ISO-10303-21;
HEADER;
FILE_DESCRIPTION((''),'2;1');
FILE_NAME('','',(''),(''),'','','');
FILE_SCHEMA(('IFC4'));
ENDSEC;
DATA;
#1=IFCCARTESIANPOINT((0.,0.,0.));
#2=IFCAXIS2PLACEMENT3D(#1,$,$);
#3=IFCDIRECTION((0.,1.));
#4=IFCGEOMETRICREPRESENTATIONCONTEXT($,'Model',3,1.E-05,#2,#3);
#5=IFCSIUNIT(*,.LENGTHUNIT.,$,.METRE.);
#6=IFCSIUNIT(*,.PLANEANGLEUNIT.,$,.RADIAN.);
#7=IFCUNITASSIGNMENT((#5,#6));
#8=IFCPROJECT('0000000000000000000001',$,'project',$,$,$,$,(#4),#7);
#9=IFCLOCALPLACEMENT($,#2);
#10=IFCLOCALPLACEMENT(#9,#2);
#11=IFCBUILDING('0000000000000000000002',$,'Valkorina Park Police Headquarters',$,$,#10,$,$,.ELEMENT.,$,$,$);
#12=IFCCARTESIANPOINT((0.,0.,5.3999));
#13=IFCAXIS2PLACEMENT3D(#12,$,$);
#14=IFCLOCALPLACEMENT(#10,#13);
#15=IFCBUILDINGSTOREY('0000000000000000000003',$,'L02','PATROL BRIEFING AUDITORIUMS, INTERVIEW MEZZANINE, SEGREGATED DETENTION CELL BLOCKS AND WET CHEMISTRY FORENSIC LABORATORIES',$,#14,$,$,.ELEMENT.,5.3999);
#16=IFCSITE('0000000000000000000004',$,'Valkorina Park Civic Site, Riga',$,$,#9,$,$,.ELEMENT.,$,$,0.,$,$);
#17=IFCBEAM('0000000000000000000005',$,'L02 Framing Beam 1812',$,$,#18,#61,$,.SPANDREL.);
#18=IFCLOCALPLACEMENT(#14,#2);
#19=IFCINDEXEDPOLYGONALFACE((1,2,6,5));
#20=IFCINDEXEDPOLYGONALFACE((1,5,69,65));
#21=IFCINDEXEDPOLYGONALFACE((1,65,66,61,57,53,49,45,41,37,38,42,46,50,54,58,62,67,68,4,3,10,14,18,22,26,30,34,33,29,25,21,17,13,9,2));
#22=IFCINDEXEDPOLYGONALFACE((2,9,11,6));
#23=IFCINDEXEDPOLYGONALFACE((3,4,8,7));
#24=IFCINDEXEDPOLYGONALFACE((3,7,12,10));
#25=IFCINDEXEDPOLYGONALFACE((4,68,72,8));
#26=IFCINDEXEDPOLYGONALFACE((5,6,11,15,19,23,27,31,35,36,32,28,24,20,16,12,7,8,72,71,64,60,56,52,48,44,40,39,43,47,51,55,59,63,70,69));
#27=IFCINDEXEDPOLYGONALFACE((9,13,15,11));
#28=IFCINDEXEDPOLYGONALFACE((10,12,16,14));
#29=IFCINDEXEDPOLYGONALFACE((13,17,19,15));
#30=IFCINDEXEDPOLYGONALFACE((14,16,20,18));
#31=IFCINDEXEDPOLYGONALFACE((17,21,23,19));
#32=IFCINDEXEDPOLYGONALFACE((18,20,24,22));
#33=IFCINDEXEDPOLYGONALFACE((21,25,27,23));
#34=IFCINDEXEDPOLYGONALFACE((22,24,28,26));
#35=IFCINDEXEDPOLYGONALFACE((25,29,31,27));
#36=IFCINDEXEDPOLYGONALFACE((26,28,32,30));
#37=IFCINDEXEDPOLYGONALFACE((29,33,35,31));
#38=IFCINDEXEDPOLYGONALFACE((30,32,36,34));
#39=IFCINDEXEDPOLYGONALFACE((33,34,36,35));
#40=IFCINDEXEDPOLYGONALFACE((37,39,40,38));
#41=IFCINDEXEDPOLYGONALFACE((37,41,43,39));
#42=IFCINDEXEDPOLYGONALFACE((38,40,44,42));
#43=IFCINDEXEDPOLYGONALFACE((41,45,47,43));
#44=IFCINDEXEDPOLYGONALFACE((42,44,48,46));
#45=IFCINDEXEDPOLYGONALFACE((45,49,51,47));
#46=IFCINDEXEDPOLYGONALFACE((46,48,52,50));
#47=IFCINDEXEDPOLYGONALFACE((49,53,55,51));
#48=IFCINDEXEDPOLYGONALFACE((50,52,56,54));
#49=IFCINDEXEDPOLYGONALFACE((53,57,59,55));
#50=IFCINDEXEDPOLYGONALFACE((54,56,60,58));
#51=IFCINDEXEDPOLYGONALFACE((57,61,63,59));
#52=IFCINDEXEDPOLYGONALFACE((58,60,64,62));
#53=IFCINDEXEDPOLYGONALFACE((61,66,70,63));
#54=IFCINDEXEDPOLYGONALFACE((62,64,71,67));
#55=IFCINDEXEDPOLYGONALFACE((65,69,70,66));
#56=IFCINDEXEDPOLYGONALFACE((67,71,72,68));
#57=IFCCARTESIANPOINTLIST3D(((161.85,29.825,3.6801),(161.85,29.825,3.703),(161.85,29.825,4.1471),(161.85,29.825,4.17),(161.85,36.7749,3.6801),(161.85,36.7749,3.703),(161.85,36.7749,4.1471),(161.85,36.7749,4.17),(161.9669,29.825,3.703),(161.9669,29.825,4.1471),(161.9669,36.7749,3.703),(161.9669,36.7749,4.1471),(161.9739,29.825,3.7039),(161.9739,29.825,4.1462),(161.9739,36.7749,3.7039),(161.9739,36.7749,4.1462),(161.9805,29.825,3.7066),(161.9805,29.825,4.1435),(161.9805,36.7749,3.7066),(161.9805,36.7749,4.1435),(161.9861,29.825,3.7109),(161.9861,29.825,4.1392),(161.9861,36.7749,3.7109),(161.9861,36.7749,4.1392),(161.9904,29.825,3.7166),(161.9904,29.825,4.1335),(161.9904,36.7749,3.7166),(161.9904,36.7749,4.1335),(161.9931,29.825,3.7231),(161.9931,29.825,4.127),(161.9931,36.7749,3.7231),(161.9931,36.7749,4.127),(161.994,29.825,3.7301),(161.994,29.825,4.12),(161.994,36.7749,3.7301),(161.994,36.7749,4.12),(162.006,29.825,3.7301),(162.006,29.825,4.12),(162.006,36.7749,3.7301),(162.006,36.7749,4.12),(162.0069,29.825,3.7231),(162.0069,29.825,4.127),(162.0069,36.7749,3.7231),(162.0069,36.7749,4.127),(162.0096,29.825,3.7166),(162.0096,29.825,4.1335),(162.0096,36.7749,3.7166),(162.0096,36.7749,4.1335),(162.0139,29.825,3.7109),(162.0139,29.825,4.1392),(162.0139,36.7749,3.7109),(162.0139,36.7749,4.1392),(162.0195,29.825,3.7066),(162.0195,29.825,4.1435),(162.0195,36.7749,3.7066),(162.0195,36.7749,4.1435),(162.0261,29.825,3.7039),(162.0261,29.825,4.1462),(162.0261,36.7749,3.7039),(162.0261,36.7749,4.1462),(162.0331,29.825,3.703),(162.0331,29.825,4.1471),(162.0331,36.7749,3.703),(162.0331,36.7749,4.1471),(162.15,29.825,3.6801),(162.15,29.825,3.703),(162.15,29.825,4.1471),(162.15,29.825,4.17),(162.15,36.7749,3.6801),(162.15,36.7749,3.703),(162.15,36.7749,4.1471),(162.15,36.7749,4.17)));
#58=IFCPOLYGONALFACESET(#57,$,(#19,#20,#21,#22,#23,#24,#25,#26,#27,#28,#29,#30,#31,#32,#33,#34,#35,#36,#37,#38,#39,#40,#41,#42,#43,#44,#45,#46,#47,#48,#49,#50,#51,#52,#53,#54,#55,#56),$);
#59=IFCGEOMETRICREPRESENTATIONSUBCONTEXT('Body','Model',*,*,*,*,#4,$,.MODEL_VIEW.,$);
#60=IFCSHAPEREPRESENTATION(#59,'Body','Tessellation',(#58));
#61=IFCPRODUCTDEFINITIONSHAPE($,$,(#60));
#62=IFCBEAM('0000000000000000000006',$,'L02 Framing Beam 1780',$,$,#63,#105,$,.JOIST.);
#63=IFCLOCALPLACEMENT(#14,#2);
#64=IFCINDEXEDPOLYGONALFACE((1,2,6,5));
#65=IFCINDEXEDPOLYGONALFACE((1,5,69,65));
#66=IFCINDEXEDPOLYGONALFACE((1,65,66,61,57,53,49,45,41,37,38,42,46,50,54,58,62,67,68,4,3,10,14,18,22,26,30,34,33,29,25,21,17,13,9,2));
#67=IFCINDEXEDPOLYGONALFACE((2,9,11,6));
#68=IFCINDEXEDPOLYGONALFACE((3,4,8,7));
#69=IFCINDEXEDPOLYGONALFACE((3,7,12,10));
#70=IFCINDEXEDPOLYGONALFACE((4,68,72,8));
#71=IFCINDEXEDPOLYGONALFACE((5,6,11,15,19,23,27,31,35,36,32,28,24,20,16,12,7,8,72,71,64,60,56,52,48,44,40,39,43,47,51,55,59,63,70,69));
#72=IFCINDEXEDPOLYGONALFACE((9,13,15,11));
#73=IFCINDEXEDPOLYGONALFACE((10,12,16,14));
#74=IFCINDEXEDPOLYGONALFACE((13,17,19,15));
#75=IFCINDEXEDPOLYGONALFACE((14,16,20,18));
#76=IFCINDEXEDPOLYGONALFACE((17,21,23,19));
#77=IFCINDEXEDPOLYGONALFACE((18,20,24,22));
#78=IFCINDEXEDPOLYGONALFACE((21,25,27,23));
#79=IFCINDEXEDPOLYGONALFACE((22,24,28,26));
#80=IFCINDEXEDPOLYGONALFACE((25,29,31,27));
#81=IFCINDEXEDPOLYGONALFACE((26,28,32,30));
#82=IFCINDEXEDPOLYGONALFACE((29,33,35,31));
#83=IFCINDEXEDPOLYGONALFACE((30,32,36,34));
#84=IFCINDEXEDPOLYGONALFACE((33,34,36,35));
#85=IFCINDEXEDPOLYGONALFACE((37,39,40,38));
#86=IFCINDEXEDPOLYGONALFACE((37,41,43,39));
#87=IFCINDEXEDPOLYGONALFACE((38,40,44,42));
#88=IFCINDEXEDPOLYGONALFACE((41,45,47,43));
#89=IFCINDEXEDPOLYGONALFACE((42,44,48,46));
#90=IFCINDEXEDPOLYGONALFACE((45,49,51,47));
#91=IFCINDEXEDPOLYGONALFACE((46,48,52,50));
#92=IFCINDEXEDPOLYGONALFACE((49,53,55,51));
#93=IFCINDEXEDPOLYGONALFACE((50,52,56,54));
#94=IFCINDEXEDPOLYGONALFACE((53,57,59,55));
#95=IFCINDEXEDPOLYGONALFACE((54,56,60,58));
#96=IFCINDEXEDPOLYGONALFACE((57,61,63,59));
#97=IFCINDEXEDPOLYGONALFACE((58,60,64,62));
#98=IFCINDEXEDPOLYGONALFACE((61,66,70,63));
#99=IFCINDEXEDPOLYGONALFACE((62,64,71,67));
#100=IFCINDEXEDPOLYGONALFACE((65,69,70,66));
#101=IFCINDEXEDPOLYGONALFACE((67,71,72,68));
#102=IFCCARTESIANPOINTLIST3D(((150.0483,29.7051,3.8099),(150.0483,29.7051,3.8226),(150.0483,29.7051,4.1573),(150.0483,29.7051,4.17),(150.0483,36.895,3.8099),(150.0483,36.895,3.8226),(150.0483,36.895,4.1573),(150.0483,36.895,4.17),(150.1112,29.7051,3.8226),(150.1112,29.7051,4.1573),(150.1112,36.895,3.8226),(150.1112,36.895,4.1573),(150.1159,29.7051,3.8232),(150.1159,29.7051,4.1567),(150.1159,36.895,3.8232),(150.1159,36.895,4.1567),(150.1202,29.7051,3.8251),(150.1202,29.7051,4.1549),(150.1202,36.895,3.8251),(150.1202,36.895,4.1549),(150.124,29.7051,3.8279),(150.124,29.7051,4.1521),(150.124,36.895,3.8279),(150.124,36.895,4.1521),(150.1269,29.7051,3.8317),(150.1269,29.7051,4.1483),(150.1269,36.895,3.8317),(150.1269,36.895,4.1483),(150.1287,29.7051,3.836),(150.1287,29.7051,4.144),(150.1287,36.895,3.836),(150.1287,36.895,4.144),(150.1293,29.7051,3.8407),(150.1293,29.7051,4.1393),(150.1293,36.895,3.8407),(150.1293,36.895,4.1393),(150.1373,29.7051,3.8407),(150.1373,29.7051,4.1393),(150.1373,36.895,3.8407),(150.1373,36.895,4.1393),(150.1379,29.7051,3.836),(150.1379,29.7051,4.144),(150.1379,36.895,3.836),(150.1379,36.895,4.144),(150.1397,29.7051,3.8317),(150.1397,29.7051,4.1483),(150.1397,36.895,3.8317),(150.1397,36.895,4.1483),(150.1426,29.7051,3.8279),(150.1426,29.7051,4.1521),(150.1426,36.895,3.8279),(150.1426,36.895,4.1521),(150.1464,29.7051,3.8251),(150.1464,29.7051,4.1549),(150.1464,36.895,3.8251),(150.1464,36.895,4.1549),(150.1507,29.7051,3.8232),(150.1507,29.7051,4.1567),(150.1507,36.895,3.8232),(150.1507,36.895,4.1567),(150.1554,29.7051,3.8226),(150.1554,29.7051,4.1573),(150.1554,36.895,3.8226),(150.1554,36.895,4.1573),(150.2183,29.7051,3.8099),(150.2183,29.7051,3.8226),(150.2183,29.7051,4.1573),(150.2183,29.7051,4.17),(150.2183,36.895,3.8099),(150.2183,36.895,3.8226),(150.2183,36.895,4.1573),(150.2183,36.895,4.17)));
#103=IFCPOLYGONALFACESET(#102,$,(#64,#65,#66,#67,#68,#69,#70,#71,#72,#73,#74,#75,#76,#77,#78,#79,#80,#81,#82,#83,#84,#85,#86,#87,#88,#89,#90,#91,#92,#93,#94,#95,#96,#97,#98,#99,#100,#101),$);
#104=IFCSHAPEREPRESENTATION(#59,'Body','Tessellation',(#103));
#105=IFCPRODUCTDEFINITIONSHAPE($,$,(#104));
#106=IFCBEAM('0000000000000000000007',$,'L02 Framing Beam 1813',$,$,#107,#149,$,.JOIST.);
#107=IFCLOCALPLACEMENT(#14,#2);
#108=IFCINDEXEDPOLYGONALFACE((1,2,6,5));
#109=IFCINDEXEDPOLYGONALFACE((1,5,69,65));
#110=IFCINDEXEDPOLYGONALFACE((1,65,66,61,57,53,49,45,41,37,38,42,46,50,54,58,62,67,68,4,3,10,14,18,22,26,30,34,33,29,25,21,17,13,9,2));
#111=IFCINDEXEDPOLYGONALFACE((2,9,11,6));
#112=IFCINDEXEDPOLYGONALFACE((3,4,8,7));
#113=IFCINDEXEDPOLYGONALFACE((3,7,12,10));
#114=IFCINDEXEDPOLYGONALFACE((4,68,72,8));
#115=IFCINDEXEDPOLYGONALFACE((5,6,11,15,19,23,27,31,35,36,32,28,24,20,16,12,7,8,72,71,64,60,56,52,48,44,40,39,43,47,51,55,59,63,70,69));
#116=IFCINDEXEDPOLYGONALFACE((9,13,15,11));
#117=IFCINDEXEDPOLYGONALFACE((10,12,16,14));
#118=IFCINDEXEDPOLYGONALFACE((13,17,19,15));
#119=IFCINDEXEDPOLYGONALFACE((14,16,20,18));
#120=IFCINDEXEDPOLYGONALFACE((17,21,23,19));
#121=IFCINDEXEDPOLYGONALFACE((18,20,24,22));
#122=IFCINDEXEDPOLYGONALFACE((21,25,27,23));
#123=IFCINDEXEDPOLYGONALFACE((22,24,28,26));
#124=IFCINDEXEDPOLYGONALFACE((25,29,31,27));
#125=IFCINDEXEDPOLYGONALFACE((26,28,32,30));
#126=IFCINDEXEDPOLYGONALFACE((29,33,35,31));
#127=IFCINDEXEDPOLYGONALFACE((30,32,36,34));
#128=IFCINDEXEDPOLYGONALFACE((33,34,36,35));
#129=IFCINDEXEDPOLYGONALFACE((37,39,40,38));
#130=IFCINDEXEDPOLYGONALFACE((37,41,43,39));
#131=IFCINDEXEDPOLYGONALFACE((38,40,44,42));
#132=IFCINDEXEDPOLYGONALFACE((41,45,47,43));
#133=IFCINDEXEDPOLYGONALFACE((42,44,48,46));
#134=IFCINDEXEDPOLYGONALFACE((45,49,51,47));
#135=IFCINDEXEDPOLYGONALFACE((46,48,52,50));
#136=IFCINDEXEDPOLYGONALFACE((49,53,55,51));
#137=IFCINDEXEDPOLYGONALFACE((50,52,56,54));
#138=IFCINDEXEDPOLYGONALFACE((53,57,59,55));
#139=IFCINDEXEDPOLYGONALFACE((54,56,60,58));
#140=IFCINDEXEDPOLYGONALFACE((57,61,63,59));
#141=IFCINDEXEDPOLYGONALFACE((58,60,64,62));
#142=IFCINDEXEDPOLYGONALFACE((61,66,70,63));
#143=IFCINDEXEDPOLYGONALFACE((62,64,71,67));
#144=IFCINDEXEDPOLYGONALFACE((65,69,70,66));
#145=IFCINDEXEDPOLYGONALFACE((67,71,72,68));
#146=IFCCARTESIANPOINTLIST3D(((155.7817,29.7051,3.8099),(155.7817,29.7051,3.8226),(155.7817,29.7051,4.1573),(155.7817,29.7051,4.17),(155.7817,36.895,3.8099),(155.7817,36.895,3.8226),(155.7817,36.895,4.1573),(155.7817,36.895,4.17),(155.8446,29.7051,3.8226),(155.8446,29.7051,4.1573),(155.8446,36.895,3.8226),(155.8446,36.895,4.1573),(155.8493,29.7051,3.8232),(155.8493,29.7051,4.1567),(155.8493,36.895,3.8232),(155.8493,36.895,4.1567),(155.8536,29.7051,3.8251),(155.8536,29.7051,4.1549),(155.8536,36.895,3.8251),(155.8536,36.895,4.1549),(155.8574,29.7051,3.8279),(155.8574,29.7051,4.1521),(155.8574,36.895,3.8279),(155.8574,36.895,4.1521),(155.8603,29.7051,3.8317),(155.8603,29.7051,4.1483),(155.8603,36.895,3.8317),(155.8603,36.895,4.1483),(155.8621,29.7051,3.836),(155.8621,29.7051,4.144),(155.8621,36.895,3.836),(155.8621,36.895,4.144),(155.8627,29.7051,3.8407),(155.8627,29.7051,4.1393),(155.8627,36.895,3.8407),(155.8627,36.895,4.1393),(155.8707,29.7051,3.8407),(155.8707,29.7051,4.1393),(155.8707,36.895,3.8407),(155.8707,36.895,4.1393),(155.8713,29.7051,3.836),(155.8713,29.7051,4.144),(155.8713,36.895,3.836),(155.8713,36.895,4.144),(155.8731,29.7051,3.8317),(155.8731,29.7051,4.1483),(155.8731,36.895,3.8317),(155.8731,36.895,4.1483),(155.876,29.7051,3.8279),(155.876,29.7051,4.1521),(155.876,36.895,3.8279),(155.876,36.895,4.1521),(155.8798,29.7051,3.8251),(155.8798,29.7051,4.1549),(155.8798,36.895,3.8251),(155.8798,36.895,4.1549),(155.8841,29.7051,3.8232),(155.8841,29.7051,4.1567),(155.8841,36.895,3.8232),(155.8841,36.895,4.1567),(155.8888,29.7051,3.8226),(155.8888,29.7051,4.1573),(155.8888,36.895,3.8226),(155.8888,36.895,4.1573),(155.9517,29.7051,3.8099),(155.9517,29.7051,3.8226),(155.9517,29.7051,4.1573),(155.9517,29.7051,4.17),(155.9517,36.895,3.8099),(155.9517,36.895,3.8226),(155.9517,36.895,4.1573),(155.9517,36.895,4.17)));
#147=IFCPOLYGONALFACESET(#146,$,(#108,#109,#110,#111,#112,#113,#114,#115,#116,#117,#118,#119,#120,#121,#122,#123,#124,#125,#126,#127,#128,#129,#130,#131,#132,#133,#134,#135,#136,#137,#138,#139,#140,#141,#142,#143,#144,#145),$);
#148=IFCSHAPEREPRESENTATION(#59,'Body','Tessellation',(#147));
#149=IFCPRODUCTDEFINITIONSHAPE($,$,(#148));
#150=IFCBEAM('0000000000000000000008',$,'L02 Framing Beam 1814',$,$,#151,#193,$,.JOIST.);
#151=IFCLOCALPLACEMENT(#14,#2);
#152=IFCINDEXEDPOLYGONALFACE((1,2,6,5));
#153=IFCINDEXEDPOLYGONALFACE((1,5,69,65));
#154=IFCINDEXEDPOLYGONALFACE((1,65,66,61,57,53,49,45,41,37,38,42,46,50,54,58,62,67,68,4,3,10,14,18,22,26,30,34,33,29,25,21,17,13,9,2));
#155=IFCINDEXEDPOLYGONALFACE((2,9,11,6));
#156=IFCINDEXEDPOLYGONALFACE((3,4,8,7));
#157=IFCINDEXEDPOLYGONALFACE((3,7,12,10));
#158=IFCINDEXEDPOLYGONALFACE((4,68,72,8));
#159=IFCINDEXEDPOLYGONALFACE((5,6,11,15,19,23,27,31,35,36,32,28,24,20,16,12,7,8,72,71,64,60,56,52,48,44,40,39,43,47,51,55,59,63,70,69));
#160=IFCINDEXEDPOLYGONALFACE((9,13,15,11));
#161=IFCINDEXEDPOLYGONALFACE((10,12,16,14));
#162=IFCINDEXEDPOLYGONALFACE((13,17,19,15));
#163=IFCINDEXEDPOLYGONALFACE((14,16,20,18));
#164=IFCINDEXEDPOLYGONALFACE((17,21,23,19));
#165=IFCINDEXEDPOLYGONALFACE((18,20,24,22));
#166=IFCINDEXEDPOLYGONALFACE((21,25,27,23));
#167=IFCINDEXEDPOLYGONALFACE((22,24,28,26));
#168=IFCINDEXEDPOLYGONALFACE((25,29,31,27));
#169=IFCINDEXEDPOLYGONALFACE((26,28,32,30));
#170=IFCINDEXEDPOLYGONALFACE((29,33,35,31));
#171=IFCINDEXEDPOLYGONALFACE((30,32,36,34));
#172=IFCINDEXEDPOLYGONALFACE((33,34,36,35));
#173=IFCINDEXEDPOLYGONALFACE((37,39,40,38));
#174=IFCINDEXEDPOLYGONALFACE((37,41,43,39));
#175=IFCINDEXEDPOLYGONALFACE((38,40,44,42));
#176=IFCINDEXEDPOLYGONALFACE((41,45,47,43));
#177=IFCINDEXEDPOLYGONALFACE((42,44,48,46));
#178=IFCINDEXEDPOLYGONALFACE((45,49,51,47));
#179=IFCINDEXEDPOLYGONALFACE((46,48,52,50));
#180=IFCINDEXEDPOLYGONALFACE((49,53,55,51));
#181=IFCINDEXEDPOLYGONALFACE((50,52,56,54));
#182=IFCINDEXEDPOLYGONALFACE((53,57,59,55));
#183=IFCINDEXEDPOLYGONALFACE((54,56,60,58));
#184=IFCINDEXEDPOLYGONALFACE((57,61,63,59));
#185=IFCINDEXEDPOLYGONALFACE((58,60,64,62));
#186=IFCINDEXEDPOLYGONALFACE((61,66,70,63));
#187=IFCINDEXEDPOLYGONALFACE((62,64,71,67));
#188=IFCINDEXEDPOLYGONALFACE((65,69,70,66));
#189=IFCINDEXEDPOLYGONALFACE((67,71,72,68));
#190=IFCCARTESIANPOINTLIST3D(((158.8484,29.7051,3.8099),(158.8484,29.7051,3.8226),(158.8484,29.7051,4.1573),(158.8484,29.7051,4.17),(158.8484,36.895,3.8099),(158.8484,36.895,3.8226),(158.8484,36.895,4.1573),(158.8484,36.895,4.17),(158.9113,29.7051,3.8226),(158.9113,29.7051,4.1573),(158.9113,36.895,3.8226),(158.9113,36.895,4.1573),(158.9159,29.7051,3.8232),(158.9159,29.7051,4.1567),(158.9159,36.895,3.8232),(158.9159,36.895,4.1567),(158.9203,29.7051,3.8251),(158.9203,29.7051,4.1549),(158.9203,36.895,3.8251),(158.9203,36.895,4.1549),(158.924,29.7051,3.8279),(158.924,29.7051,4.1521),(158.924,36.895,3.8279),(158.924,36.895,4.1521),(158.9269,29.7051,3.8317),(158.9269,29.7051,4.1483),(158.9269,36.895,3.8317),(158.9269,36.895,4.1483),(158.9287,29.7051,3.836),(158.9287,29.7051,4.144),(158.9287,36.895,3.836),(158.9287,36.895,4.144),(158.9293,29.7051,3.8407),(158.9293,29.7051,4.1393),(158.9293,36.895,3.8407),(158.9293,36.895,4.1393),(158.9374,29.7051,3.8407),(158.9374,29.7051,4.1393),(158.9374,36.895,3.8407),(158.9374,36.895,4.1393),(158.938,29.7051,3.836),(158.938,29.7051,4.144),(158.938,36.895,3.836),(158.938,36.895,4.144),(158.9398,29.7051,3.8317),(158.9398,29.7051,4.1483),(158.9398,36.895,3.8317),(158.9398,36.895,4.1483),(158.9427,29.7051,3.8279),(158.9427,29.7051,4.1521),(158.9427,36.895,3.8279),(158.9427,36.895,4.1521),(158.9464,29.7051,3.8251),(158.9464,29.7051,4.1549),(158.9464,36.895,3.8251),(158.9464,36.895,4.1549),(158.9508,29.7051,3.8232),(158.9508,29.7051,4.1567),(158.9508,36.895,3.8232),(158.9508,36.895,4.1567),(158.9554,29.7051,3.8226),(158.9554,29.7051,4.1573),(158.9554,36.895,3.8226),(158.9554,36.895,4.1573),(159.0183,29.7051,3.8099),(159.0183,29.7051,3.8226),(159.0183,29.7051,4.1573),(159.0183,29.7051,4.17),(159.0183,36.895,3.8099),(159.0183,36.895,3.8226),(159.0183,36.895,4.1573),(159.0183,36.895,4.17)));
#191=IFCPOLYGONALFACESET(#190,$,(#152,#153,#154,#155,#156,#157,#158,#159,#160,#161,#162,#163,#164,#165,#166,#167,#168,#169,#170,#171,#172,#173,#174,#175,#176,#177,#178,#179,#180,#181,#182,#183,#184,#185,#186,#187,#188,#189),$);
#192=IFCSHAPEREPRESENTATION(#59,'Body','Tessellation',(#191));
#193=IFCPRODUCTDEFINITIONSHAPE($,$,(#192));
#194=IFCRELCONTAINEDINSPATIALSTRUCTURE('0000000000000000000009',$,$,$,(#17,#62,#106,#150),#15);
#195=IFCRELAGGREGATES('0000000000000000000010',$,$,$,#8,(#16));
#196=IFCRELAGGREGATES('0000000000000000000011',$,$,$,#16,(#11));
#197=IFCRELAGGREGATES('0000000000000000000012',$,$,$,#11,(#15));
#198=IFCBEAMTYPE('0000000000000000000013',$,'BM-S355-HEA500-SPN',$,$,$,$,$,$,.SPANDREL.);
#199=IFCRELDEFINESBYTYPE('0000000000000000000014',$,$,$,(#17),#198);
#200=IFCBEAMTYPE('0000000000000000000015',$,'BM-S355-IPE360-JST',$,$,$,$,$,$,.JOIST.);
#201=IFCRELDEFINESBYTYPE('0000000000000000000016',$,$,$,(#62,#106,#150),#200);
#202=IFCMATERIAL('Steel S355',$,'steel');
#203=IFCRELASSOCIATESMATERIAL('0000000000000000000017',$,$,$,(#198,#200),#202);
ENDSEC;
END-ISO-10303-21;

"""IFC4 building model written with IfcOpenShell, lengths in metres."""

from ifc_helpers import new_model, si_unit, direction, frame, origin, origin_2d, place, context, subcontext, project, spatial, i_section, extrude, material, material_profile, profile_set, type_object, element, save


model = new_model("IFC4")

# Units and contexts
model_context = context("Model", 3, precision=1e-05, world=origin(), true_north=direction((0.0, 1.0)))
body_context = subcontext(model_context, "Body", "Model", "MODEL_VIEW")
ifc_project = project(units=[si_unit("LENGTHUNIT", "METRE"), si_unit("PLANEANGLEUNIT", "RADIAN")], contexts=[model_context])

# Site, building, storey
site_placement = place(None, origin())
site = spatial("IfcSite", under=ifc_project, at=site_placement, Name="Valkorina Park Civic Site, Riga", CompositionType="ELEMENT", RefElevation=0.0)
building_placement = place(site_placement, origin())
building = spatial("IfcBuilding", under=site, at=building_placement, Name="Valkorina Park Police Headquarters", CompositionType="ELEMENT")
storey_placement = place(building_placement, frame((0.0, 0.0, 5.3999)))
storey = spatial("IfcBuildingStorey", under=building, at=storey_placement, Name="L02", Description="PATROL BRIEFING AUDITORIUMS, INTERVIEW MEZZANINE, SEGREGATED DETENTION CELL BLOCKS AND WET CHEMISTRY FORENSIC LABORATORIES", CompositionType="ELEMENT", Elevation=5.3999)

# Shared definitions
ifc_material_1 = material(Name="Steel S355", Category="steel")

# Beams
ifc_material_profile_1 = material_profile(ifc_material_1, i_section(OverallWidth=0.3, OverallDepth=0.49, WebThickness=0.012, FlangeThickness=0.0229, FilletRadius=0.0271, at=origin_2d()), Name="HEA 500")
ifc_profile_set_1 = profile_set([ifc_material_profile_1], Name="Steel S355")
beam_type_1 = type_object("IfcBeamType", Name="BM-S355-HEA500-SPN", PredefinedType="SPANDREL", material=ifc_profile_set_1)
beam_1_placement = place(storey_placement, frame((162.0, 29.825, 3.925), z_axis=(0.0, 1.0, 0.0), x_axis=(-1.0, 0.0, 0.0)))
element("IfcBeam", 1, at=beam_1_placement, inside=storey, type_object=beam_type_1, Name="L02 Framing Beam 1812", PredefinedType="SPANDREL", context=body_context, shape_type="SweptSolid", body=[
    extrude(i_section(OverallWidth=0.3, OverallDepth=0.49, WebThickness=0.012, FlangeThickness=0.0229, FilletRadius=0.0271, at=origin_2d()), origin(), (0.0, 0.0, 1.0), 6.95),
])
ifc_material_profile_2 = material_profile(ifc_material_1, i_section(OverallWidth=0.1699, OverallDepth=0.3601, WebThickness=0.0081, FlangeThickness=0.0127, FilletRadius=0.0181, at=origin_2d()), Name="IPE 360")
ifc_profile_set_2 = profile_set([ifc_material_profile_2], Name="Steel S355")
beam_type_2 = type_object("IfcBeamType", Name="BM-S355-IPE360-JST", PredefinedType="JOIST", material=ifc_profile_set_2)
for number, where, z_axis, x_axis, name in (
    (2, (150.1333, 29.7051, 3.99), (0.0, 1.0, 0.0), (-1.0, 0.0, 0.0), "L02 Framing Beam 1780"),
    (3, (155.8667, 29.7051, 3.99), (0.0, 1.0, 0.0), (-1.0, 0.0, 0.0), "L02 Framing Beam 1813"),
    (4, (158.9333, 29.7051, 3.99), (0.0, 1.0, 0.0), (-1.0, 0.0, 0.0), "L02 Framing Beam 1814"),
):
    element("IfcBeam", number, at=place(storey_placement, frame(where, z_axis=z_axis, x_axis=x_axis)), inside=storey, type_object=beam_type_2, Name=name, PredefinedType="JOIST", context=body_context, shape_type="SweptSolid", body=[
        extrude(i_section(OverallWidth=0.1699, OverallDepth=0.3601, WebThickness=0.0081, FlangeThickness=0.0127, FilletRadius=0.0181, at=origin_2d()), origin(), (0.0, 0.0, 1.0), 7.1899),
    ])

save(model, "model.ifc")
